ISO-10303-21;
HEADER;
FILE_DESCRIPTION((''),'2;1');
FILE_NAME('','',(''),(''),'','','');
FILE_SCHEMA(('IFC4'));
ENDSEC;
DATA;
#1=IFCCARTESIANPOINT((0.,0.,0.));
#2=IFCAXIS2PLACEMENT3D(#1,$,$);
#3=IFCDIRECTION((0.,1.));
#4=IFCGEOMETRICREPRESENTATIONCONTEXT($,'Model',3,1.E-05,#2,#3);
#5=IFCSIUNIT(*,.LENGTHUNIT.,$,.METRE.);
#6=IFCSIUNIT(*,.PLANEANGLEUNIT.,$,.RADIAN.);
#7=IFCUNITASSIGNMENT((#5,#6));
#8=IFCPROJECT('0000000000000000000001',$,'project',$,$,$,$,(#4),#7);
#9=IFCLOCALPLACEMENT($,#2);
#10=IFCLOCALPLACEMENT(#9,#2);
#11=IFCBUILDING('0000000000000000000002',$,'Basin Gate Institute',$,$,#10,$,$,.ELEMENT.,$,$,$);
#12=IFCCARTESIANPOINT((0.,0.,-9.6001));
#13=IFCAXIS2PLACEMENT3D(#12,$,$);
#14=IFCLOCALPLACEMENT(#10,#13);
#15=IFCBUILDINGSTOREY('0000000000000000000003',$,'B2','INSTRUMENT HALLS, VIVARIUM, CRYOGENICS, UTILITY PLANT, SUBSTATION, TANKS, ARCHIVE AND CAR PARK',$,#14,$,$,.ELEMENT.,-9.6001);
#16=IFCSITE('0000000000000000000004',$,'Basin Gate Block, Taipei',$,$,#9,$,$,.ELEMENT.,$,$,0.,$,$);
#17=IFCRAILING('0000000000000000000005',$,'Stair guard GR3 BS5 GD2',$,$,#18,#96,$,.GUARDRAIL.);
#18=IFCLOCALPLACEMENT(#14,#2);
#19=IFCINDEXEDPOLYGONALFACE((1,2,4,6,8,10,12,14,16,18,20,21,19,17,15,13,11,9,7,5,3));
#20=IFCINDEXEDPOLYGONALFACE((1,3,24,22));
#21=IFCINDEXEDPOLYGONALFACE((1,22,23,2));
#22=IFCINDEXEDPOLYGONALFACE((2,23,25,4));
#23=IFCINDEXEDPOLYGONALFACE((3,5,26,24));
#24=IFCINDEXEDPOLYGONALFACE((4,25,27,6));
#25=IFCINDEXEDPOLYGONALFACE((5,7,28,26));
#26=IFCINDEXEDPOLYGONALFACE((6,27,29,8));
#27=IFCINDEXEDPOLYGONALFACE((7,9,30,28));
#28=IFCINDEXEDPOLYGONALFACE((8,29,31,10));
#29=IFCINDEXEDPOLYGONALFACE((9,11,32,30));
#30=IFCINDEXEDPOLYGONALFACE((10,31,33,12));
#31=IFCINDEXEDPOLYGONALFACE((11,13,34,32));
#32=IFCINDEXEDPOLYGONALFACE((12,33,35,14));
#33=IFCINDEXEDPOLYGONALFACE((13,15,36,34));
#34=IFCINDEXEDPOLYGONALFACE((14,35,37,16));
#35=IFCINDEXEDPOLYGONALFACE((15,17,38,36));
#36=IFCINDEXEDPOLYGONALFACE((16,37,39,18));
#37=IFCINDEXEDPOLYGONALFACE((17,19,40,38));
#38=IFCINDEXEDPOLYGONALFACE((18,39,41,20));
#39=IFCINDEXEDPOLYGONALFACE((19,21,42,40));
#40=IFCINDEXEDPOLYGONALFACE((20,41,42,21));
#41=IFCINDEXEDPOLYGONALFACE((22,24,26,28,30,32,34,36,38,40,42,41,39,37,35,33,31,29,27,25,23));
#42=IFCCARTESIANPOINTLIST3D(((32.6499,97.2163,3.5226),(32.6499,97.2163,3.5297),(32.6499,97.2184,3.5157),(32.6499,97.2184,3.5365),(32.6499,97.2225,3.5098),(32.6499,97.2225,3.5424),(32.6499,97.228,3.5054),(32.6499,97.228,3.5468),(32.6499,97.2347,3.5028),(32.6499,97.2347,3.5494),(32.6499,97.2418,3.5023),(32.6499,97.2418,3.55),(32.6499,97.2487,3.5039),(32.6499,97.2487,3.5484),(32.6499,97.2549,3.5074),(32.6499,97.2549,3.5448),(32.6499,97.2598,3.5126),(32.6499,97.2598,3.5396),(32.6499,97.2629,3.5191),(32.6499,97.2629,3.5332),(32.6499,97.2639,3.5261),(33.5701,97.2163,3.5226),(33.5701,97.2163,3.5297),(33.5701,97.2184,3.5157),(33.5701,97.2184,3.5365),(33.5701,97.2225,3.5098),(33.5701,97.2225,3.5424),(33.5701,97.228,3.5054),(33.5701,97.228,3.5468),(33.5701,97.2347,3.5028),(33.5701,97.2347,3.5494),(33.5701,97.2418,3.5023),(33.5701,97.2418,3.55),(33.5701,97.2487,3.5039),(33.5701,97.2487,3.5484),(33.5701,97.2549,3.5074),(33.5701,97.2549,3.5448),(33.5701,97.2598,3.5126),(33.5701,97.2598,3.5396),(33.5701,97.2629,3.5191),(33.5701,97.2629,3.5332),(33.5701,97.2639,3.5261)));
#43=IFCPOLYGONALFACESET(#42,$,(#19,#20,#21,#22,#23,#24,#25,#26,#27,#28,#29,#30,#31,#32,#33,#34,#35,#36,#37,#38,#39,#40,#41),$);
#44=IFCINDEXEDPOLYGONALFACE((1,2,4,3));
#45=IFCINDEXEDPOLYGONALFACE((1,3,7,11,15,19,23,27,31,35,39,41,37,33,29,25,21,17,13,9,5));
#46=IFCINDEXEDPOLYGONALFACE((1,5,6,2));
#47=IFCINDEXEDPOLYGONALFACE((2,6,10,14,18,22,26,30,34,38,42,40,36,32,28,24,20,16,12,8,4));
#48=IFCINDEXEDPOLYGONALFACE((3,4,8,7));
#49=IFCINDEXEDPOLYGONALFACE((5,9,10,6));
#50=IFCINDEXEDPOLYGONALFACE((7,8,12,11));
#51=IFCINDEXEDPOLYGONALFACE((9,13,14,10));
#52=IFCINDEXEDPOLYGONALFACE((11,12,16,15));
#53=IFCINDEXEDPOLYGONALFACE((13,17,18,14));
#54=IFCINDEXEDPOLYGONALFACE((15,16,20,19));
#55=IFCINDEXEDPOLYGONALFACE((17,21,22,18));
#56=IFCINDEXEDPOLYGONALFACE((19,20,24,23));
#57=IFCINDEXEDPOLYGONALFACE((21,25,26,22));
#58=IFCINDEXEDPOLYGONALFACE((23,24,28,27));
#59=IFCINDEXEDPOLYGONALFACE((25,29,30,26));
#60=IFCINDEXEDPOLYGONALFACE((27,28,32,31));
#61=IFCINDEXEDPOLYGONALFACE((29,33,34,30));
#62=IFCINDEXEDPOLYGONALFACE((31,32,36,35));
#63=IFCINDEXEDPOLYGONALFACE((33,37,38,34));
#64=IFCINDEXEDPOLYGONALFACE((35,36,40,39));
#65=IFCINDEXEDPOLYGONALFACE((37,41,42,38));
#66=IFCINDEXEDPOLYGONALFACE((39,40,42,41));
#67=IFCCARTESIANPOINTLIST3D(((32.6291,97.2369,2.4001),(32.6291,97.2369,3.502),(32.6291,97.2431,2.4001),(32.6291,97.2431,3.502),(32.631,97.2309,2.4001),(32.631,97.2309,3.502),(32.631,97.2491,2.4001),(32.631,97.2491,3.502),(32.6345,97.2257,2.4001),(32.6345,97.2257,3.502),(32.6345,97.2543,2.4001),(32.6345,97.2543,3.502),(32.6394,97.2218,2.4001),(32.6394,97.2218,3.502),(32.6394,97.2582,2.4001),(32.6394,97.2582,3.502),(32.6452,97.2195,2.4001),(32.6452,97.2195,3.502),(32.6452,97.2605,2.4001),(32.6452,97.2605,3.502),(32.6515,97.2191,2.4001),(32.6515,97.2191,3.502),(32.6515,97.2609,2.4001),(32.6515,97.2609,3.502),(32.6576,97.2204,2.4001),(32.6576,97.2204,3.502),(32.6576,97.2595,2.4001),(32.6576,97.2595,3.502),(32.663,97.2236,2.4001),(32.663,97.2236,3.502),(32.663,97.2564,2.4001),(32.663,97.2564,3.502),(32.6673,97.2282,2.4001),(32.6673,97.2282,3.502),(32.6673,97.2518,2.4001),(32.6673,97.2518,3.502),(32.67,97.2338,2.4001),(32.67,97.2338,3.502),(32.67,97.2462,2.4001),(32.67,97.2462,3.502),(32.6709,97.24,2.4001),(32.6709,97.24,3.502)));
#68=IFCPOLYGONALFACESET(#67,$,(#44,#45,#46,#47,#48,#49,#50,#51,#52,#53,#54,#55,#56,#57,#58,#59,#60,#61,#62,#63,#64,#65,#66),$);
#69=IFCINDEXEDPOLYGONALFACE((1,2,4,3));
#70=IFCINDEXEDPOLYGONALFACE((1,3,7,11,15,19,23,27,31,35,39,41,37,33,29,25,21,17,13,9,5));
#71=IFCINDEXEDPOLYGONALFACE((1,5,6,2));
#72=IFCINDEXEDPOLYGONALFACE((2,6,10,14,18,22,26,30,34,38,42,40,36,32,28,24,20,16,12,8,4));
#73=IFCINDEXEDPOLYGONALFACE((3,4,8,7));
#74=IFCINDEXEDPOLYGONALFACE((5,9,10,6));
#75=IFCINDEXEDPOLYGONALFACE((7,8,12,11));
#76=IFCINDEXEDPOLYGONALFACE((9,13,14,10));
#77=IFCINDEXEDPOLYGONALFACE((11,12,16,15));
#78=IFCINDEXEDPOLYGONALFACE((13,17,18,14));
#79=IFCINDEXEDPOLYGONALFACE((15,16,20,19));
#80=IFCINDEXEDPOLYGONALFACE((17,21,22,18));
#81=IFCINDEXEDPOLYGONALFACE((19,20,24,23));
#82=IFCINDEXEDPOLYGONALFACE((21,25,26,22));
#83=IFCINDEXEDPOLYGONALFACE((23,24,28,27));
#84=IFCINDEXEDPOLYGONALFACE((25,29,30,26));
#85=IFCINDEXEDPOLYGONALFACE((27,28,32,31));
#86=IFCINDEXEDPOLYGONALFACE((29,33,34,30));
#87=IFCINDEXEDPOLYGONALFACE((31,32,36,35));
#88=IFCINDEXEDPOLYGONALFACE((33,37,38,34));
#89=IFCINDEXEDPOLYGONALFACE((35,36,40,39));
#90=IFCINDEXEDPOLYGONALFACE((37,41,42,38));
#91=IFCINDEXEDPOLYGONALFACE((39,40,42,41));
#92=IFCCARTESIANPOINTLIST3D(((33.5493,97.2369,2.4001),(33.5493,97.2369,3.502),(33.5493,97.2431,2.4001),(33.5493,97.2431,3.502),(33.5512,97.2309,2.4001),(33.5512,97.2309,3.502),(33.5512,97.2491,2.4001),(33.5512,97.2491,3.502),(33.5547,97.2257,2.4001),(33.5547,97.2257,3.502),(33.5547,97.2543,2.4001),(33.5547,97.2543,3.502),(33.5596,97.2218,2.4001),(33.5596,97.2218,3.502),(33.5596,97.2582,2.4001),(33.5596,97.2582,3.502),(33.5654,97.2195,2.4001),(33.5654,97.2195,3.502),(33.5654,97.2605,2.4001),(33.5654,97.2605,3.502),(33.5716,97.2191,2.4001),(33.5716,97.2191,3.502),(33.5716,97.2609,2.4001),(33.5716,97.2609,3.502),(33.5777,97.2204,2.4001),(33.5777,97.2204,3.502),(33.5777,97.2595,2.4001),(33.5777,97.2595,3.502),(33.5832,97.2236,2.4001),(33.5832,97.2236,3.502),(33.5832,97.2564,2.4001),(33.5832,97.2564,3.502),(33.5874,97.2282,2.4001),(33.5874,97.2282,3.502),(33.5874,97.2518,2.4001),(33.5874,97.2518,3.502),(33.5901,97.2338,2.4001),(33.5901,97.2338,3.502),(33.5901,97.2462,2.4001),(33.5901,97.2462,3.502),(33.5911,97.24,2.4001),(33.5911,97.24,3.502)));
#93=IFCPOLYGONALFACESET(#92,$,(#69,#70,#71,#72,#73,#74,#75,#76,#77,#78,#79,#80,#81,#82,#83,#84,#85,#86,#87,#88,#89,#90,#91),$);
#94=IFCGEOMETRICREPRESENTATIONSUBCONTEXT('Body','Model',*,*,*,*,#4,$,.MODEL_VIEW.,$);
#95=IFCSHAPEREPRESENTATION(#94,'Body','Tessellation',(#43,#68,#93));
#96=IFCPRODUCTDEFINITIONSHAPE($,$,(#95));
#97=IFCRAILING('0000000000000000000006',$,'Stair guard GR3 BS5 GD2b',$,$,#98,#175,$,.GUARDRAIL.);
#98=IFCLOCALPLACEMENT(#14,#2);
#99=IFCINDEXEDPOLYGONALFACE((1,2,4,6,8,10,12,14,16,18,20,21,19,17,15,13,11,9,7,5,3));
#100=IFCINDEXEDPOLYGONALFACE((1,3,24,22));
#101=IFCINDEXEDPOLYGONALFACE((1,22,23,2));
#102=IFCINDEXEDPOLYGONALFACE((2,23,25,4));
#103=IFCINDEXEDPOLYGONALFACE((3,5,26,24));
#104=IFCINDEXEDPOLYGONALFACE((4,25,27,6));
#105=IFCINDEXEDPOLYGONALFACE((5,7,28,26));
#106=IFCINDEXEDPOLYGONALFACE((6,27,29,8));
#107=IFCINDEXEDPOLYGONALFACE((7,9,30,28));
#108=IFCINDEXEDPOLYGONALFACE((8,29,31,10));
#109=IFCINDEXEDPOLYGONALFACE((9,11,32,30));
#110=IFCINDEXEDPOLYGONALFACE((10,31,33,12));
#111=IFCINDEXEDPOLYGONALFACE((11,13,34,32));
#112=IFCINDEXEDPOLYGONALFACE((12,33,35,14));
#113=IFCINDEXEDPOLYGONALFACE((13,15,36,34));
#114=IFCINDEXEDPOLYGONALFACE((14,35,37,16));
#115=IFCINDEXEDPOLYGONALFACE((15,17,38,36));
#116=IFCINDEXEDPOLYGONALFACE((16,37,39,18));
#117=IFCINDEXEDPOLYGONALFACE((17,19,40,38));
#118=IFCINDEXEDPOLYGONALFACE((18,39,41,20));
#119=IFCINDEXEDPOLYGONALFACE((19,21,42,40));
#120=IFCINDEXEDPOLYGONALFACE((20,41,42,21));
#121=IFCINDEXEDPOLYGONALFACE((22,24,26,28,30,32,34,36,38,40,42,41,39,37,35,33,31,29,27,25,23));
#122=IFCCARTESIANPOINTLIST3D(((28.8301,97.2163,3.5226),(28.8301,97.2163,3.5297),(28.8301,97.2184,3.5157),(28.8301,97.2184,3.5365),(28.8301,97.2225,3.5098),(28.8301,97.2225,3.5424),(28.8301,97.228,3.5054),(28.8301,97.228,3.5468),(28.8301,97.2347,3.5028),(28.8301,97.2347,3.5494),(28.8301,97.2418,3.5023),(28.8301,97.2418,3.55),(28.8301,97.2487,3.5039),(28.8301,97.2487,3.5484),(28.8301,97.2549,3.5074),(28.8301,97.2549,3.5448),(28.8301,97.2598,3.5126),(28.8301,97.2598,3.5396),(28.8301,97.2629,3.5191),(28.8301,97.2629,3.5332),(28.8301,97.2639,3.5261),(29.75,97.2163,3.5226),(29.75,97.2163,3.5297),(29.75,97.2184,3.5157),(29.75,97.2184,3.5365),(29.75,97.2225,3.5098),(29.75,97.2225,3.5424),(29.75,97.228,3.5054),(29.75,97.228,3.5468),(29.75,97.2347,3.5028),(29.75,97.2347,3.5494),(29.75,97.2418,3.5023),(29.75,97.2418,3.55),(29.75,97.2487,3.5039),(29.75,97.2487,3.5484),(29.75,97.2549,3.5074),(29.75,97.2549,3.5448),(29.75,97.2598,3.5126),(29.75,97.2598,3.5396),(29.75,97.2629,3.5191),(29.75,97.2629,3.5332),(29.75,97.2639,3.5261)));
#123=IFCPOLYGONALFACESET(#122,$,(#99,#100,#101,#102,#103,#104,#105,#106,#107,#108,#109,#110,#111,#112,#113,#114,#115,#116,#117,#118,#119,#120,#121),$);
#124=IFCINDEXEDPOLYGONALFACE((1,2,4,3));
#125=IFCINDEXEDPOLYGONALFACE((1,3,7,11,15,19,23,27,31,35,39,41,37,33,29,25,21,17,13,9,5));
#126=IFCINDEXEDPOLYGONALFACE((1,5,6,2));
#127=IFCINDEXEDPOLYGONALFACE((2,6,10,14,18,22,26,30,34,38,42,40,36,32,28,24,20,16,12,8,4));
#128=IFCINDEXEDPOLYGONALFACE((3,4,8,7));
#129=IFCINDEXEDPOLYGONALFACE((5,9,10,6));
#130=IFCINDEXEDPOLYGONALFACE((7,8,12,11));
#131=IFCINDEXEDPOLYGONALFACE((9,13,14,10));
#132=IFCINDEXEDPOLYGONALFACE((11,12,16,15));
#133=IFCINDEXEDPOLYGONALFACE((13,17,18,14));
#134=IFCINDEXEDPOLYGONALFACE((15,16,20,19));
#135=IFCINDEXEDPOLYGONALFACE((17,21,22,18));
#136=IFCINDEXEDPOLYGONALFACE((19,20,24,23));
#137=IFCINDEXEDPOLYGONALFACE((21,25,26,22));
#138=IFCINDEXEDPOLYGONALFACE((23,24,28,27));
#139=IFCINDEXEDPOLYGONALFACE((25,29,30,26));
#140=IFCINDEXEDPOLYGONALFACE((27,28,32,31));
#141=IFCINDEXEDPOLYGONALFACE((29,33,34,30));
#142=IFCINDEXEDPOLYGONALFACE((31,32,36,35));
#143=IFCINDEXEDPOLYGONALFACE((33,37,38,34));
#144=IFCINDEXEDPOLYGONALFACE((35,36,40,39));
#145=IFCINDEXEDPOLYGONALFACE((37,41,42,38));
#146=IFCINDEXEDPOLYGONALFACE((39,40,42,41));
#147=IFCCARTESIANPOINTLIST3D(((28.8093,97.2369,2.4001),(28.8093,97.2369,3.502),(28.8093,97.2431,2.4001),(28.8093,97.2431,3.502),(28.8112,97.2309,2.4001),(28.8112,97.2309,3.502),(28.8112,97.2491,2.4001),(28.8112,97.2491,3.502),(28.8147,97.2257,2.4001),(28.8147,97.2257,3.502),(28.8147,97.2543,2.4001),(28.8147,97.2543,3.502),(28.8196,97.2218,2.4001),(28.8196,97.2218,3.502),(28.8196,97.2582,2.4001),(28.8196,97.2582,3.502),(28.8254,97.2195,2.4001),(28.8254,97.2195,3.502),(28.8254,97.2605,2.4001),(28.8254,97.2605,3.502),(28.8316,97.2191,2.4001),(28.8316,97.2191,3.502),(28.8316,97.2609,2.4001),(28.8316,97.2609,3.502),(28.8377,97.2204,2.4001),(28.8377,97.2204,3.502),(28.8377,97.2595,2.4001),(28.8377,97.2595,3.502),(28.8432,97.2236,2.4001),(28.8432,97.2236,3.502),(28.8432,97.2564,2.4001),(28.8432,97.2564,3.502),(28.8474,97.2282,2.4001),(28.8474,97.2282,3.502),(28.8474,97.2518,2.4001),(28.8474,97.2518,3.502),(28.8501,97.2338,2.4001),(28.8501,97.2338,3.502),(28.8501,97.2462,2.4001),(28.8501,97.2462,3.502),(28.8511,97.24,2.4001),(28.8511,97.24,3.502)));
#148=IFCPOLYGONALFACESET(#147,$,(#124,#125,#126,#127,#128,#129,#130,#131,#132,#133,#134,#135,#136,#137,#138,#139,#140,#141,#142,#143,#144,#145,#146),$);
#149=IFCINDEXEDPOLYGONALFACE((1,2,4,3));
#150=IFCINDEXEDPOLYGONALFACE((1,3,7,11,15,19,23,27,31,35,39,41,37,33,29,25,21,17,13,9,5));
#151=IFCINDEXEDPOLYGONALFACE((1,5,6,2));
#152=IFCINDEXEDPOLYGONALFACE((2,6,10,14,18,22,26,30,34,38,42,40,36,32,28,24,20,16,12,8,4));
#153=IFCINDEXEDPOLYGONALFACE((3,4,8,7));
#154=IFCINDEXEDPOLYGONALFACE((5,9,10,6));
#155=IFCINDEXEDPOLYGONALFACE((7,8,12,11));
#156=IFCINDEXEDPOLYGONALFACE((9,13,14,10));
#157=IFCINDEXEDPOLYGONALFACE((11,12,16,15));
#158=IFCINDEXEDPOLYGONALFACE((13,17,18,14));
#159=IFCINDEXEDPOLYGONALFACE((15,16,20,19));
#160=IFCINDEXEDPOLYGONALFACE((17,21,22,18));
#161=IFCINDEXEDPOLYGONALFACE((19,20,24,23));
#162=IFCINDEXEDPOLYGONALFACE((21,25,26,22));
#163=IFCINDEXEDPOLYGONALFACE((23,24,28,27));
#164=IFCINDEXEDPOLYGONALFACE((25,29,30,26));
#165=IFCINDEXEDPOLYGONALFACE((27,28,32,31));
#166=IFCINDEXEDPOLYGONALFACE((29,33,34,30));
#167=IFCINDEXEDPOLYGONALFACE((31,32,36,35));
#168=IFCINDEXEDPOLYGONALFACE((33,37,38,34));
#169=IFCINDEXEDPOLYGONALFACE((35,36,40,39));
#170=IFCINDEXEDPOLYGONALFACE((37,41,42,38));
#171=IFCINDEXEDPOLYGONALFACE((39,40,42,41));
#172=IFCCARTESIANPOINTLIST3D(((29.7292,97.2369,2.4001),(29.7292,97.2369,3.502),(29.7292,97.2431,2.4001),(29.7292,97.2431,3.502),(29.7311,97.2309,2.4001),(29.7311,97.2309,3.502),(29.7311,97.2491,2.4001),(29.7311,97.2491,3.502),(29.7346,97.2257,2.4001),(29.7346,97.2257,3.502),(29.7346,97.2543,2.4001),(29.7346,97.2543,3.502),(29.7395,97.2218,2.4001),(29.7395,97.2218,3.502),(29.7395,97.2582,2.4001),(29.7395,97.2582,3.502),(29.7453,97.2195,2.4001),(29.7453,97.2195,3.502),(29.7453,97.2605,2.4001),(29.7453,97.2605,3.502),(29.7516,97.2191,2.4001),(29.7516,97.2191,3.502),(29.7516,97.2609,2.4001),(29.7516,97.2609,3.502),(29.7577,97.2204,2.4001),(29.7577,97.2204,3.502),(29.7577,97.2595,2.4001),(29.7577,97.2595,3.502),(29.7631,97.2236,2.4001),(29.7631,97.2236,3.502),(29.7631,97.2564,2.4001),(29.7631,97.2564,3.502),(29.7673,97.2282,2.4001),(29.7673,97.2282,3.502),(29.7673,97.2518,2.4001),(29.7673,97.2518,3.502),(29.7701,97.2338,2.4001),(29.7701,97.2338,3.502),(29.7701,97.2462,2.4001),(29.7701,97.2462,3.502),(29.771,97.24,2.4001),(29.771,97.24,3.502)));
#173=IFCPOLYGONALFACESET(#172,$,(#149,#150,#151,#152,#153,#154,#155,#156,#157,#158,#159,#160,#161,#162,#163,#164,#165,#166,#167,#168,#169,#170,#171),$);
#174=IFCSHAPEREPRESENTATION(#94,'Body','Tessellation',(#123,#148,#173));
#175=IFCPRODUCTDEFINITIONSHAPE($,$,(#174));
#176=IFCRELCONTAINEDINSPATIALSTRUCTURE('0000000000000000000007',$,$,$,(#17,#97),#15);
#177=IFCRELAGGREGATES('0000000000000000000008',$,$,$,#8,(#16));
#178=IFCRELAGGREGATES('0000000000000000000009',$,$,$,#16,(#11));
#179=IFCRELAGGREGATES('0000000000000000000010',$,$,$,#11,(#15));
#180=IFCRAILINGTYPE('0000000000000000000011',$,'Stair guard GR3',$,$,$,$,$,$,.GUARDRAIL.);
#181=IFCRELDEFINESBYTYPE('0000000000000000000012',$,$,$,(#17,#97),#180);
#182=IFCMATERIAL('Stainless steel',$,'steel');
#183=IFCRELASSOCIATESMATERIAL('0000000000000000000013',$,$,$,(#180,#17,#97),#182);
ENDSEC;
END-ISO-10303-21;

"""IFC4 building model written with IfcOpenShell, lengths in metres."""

from ifc_helpers import new_model, si_unit, direction, frame, origin, origin_2d, place, context, subcontext, project, spatial, circle, extrude, material, type_object, element, save


model = new_model("IFC4")

# Units and contexts
model_context = context("Model", 3, precision=1e-05, world=origin(), true_north=direction((0.0, 1.0)))
body_context = subcontext(model_context, "Body", "Model", "MODEL_VIEW")
ifc_project = project(units=[si_unit("LENGTHUNIT", "METRE"), si_unit("PLANEANGLEUNIT", "RADIAN")], contexts=[model_context])

# Site, building, storey
site_placement = place(None, origin())
site = spatial("IfcSite", under=ifc_project, at=site_placement, Name="Basin Gate Block, Taipei", CompositionType="ELEMENT", RefElevation=0.0)
building_placement = place(site_placement, origin())
building = spatial("IfcBuilding", under=site, at=building_placement, Name="Basin Gate Institute", CompositionType="ELEMENT")
storey_placement = place(building_placement, frame((0.0, 0.0, -9.6001)))
storey = spatial("IfcBuildingStorey", under=building, at=storey_placement, Name="B2", Description="INSTRUMENT HALLS, VIVARIUM, CRYOGENICS, UTILITY PLANT, SUBSTATION, TANKS, ARCHIVE AND CAR PARK", CompositionType="ELEMENT", Elevation=-9.6001)

# Railings
ifc_material_1 = material(Name="Stainless steel", Category="steel")
railing_type_1 = type_object("IfcRailingType", Name="Stair guard GR3", PredefinedType="GUARDRAIL", material=ifc_material_1)
railing_1_placement = place(storey_placement, frame((32.6499, 97.24, 2.4001)))
element("IfcRailing", 1, at=railing_1_placement, inside=storey, type_object=railing_type_1, material=ifc_material_1, Name="Stair guard GR3 BS5 GD2", PredefinedType="GUARDRAIL", context=body_context, shape_type="SweptSolid", body=[
    extrude(circle(Radius=0.0239, at=origin_2d()), frame((0.0, 0.0, 1.126), z_axis=(1.0, 0.0, 0.0), x_axis=(0.0, 1.0, 0.0)), (0.0, 0.0, 1.0), 0.9202),
    extrude(circle(Radius=0.021, at=origin_2d()), origin(), (0.0, 0.0, 1.0), 1.1018),
    extrude(circle(Radius=0.021, at=origin_2d()), frame((0.9202, 0.0, 0.0)), (0.0, 0.0, 1.0), 1.1018),
])
railing_2_placement = place(storey_placement, frame((28.8301, 97.24, 2.4001)))
element("IfcRailing", 2, at=railing_2_placement, inside=storey, type_object=railing_type_1, material=ifc_material_1, Name="Stair guard GR3 BS5 GD2b", PredefinedType="GUARDRAIL", context=body_context, shape_type="SweptSolid", body=[
    extrude(circle(Radius=0.0239, at=origin_2d()), frame((0.0, 0.0, 1.126), z_axis=(1.0, 0.0, 0.0), x_axis=(0.0, 1.0, 0.0)), (0.0, 0.0, 1.0), 0.9199),
    extrude(circle(Radius=0.021, at=origin_2d()), origin(), (0.0, 0.0, 1.0), 1.1018),
    extrude(circle(Radius=0.021, at=origin_2d()), frame((0.9199, 0.0, 0.0)), (0.0, 0.0, 1.0), 1.1018),
])

save(model, "model.ifc")
